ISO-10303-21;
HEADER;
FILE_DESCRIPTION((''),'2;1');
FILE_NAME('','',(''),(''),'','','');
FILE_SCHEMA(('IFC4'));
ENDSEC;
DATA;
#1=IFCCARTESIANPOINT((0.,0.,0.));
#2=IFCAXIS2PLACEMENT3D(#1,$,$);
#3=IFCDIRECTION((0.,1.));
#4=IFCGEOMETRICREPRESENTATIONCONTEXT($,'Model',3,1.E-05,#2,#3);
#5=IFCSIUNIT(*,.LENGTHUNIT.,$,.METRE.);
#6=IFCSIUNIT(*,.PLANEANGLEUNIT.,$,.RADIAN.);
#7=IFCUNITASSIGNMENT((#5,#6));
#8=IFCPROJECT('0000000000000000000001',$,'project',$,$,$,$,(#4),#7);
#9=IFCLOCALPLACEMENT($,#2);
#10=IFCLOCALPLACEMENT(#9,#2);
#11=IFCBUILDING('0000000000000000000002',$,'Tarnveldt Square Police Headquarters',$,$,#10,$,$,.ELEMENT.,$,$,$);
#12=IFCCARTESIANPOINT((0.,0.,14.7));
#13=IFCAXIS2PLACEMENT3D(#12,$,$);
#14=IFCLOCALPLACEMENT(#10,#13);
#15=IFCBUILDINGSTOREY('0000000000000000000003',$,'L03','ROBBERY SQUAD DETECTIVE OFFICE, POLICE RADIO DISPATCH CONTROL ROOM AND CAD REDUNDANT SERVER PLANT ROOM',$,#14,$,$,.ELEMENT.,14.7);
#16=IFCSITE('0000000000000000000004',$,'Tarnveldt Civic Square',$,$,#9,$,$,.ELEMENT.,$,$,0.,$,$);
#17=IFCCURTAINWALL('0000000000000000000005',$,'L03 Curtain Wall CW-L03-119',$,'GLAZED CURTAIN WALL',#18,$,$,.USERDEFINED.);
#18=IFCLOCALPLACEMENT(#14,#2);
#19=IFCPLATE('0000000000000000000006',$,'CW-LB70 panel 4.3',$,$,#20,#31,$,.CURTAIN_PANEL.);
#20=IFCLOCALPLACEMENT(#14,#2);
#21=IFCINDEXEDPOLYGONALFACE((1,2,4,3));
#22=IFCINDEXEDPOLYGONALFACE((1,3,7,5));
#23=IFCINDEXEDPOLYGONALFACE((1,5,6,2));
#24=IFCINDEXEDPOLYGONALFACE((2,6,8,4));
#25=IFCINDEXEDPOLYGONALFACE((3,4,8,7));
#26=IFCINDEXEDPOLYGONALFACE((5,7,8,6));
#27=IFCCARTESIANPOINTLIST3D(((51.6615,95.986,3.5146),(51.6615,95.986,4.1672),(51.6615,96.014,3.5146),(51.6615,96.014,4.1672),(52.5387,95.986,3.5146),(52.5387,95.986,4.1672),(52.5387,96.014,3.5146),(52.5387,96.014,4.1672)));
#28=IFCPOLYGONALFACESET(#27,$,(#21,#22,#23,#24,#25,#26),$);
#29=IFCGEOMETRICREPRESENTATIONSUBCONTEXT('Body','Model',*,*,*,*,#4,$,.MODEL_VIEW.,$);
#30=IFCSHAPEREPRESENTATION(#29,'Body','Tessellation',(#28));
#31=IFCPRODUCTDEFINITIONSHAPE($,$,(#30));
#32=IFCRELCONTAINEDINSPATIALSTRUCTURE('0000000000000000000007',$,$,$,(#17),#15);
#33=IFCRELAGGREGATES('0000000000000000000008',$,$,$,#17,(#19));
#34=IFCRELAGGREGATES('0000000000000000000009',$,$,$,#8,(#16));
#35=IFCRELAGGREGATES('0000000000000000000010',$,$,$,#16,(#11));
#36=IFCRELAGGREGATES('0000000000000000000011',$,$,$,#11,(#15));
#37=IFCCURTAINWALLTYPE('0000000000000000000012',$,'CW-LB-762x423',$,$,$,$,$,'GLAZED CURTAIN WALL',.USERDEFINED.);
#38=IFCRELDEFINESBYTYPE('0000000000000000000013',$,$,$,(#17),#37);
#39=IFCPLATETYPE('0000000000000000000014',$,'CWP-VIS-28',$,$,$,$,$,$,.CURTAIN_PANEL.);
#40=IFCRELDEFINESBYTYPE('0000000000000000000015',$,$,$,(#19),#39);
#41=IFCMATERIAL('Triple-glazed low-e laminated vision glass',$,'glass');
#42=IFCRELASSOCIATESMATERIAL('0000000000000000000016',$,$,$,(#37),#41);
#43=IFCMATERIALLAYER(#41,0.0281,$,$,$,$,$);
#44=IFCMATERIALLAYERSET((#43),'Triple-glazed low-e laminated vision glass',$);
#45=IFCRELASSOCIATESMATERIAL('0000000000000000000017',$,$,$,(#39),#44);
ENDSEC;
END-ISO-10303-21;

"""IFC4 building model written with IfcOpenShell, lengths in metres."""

from ifc_helpers import new_model, si_unit, direction, frame, origin, origin_2d, place, context, subcontext, project, spatial, rectangle, extrude, material, layer, layer_set, type_object, element, aggregate, save


model = new_model("IFC4")

# Units and contexts
model_context = context("Model", 3, precision=1e-05, world=origin(), true_north=direction((0.0, 1.0)))
body_context = subcontext(model_context, "Body", "Model", "MODEL_VIEW")
ifc_project = project(units=[si_unit("LENGTHUNIT", "METRE"), si_unit("PLANEANGLEUNIT", "RADIAN")], contexts=[model_context])

# Site, building, storey
site_placement = place(None, origin())
site = spatial("IfcSite", under=ifc_project, at=site_placement, Name="Tarnveldt Civic Square", CompositionType="ELEMENT", RefElevation=0.0)
building_placement = place(site_placement, origin())
building = spatial("IfcBuilding", under=site, at=building_placement, Name="Tarnveldt Square Police Headquarters", CompositionType="ELEMENT")
storey_placement = place(building_placement, frame((0.0, 0.0, 14.7)))
storey = spatial("IfcBuildingStorey", under=building, at=storey_placement, Name="L03", Description="ROBBERY SQUAD DETECTIVE OFFICE, POLICE RADIO DISPATCH CONTROL ROOM AND CAD REDUNDANT SERVER PLANT ROOM", CompositionType="ELEMENT", Elevation=14.7)

# Curtain wall
ifc_material_1 = material(Name="Triple-glazed low-e laminated vision glass", Category="glass")
curtain_wall_type_1 = type_object("IfcCurtainWallType", Name="CW-LB-762x423", ElementType="GLAZED CURTAIN WALL", PredefinedType="USERDEFINED", material=ifc_material_1)
curtain_wall_1_placement = place(storey_placement, origin())
curtain_wall_1 = element("IfcCurtainWall", 1, at=curtain_wall_1_placement, inside=storey, type_object=curtain_wall_type_1, Name="L03 Curtain Wall CW-L03-119", ObjectType="GLAZED CURTAIN WALL", PredefinedType="USERDEFINED")

# Shared definitions
ifc_layer = layer(ifc_material_1, 0.0281)
ifc_layer_set = layer_set([ifc_layer], Name="Triple-glazed low-e laminated vision glass")
plate_type = type_object("IfcPlateType", Name="CWP-VIS-28", PredefinedType="CURTAIN_PANEL", material=ifc_layer_set)

# Plate
plate_1_placement = place(storey_placement, frame((52.1001, 96.0, 3.5146), z_axis=(0.0, 0.0, 1.0), x_axis=(1.0, 0.0, 0.0)))
plate_1 = element("IfcPlate", 2, at=plate_1_placement, type_object=plate_type, Name="CW-LB70 panel 4.3", PredefinedType="CURTAIN_PANEL", context=body_context, shape_type="SweptSolid", body=[
    extrude(rectangle(XDim=0.8772, YDim=0.0281, at=origin_2d()), origin(), (0.0, 0.0, 1.0), 0.6526),
])
aggregate(curtain_wall_1, [plate_1])

save(model, "model.ifc")
